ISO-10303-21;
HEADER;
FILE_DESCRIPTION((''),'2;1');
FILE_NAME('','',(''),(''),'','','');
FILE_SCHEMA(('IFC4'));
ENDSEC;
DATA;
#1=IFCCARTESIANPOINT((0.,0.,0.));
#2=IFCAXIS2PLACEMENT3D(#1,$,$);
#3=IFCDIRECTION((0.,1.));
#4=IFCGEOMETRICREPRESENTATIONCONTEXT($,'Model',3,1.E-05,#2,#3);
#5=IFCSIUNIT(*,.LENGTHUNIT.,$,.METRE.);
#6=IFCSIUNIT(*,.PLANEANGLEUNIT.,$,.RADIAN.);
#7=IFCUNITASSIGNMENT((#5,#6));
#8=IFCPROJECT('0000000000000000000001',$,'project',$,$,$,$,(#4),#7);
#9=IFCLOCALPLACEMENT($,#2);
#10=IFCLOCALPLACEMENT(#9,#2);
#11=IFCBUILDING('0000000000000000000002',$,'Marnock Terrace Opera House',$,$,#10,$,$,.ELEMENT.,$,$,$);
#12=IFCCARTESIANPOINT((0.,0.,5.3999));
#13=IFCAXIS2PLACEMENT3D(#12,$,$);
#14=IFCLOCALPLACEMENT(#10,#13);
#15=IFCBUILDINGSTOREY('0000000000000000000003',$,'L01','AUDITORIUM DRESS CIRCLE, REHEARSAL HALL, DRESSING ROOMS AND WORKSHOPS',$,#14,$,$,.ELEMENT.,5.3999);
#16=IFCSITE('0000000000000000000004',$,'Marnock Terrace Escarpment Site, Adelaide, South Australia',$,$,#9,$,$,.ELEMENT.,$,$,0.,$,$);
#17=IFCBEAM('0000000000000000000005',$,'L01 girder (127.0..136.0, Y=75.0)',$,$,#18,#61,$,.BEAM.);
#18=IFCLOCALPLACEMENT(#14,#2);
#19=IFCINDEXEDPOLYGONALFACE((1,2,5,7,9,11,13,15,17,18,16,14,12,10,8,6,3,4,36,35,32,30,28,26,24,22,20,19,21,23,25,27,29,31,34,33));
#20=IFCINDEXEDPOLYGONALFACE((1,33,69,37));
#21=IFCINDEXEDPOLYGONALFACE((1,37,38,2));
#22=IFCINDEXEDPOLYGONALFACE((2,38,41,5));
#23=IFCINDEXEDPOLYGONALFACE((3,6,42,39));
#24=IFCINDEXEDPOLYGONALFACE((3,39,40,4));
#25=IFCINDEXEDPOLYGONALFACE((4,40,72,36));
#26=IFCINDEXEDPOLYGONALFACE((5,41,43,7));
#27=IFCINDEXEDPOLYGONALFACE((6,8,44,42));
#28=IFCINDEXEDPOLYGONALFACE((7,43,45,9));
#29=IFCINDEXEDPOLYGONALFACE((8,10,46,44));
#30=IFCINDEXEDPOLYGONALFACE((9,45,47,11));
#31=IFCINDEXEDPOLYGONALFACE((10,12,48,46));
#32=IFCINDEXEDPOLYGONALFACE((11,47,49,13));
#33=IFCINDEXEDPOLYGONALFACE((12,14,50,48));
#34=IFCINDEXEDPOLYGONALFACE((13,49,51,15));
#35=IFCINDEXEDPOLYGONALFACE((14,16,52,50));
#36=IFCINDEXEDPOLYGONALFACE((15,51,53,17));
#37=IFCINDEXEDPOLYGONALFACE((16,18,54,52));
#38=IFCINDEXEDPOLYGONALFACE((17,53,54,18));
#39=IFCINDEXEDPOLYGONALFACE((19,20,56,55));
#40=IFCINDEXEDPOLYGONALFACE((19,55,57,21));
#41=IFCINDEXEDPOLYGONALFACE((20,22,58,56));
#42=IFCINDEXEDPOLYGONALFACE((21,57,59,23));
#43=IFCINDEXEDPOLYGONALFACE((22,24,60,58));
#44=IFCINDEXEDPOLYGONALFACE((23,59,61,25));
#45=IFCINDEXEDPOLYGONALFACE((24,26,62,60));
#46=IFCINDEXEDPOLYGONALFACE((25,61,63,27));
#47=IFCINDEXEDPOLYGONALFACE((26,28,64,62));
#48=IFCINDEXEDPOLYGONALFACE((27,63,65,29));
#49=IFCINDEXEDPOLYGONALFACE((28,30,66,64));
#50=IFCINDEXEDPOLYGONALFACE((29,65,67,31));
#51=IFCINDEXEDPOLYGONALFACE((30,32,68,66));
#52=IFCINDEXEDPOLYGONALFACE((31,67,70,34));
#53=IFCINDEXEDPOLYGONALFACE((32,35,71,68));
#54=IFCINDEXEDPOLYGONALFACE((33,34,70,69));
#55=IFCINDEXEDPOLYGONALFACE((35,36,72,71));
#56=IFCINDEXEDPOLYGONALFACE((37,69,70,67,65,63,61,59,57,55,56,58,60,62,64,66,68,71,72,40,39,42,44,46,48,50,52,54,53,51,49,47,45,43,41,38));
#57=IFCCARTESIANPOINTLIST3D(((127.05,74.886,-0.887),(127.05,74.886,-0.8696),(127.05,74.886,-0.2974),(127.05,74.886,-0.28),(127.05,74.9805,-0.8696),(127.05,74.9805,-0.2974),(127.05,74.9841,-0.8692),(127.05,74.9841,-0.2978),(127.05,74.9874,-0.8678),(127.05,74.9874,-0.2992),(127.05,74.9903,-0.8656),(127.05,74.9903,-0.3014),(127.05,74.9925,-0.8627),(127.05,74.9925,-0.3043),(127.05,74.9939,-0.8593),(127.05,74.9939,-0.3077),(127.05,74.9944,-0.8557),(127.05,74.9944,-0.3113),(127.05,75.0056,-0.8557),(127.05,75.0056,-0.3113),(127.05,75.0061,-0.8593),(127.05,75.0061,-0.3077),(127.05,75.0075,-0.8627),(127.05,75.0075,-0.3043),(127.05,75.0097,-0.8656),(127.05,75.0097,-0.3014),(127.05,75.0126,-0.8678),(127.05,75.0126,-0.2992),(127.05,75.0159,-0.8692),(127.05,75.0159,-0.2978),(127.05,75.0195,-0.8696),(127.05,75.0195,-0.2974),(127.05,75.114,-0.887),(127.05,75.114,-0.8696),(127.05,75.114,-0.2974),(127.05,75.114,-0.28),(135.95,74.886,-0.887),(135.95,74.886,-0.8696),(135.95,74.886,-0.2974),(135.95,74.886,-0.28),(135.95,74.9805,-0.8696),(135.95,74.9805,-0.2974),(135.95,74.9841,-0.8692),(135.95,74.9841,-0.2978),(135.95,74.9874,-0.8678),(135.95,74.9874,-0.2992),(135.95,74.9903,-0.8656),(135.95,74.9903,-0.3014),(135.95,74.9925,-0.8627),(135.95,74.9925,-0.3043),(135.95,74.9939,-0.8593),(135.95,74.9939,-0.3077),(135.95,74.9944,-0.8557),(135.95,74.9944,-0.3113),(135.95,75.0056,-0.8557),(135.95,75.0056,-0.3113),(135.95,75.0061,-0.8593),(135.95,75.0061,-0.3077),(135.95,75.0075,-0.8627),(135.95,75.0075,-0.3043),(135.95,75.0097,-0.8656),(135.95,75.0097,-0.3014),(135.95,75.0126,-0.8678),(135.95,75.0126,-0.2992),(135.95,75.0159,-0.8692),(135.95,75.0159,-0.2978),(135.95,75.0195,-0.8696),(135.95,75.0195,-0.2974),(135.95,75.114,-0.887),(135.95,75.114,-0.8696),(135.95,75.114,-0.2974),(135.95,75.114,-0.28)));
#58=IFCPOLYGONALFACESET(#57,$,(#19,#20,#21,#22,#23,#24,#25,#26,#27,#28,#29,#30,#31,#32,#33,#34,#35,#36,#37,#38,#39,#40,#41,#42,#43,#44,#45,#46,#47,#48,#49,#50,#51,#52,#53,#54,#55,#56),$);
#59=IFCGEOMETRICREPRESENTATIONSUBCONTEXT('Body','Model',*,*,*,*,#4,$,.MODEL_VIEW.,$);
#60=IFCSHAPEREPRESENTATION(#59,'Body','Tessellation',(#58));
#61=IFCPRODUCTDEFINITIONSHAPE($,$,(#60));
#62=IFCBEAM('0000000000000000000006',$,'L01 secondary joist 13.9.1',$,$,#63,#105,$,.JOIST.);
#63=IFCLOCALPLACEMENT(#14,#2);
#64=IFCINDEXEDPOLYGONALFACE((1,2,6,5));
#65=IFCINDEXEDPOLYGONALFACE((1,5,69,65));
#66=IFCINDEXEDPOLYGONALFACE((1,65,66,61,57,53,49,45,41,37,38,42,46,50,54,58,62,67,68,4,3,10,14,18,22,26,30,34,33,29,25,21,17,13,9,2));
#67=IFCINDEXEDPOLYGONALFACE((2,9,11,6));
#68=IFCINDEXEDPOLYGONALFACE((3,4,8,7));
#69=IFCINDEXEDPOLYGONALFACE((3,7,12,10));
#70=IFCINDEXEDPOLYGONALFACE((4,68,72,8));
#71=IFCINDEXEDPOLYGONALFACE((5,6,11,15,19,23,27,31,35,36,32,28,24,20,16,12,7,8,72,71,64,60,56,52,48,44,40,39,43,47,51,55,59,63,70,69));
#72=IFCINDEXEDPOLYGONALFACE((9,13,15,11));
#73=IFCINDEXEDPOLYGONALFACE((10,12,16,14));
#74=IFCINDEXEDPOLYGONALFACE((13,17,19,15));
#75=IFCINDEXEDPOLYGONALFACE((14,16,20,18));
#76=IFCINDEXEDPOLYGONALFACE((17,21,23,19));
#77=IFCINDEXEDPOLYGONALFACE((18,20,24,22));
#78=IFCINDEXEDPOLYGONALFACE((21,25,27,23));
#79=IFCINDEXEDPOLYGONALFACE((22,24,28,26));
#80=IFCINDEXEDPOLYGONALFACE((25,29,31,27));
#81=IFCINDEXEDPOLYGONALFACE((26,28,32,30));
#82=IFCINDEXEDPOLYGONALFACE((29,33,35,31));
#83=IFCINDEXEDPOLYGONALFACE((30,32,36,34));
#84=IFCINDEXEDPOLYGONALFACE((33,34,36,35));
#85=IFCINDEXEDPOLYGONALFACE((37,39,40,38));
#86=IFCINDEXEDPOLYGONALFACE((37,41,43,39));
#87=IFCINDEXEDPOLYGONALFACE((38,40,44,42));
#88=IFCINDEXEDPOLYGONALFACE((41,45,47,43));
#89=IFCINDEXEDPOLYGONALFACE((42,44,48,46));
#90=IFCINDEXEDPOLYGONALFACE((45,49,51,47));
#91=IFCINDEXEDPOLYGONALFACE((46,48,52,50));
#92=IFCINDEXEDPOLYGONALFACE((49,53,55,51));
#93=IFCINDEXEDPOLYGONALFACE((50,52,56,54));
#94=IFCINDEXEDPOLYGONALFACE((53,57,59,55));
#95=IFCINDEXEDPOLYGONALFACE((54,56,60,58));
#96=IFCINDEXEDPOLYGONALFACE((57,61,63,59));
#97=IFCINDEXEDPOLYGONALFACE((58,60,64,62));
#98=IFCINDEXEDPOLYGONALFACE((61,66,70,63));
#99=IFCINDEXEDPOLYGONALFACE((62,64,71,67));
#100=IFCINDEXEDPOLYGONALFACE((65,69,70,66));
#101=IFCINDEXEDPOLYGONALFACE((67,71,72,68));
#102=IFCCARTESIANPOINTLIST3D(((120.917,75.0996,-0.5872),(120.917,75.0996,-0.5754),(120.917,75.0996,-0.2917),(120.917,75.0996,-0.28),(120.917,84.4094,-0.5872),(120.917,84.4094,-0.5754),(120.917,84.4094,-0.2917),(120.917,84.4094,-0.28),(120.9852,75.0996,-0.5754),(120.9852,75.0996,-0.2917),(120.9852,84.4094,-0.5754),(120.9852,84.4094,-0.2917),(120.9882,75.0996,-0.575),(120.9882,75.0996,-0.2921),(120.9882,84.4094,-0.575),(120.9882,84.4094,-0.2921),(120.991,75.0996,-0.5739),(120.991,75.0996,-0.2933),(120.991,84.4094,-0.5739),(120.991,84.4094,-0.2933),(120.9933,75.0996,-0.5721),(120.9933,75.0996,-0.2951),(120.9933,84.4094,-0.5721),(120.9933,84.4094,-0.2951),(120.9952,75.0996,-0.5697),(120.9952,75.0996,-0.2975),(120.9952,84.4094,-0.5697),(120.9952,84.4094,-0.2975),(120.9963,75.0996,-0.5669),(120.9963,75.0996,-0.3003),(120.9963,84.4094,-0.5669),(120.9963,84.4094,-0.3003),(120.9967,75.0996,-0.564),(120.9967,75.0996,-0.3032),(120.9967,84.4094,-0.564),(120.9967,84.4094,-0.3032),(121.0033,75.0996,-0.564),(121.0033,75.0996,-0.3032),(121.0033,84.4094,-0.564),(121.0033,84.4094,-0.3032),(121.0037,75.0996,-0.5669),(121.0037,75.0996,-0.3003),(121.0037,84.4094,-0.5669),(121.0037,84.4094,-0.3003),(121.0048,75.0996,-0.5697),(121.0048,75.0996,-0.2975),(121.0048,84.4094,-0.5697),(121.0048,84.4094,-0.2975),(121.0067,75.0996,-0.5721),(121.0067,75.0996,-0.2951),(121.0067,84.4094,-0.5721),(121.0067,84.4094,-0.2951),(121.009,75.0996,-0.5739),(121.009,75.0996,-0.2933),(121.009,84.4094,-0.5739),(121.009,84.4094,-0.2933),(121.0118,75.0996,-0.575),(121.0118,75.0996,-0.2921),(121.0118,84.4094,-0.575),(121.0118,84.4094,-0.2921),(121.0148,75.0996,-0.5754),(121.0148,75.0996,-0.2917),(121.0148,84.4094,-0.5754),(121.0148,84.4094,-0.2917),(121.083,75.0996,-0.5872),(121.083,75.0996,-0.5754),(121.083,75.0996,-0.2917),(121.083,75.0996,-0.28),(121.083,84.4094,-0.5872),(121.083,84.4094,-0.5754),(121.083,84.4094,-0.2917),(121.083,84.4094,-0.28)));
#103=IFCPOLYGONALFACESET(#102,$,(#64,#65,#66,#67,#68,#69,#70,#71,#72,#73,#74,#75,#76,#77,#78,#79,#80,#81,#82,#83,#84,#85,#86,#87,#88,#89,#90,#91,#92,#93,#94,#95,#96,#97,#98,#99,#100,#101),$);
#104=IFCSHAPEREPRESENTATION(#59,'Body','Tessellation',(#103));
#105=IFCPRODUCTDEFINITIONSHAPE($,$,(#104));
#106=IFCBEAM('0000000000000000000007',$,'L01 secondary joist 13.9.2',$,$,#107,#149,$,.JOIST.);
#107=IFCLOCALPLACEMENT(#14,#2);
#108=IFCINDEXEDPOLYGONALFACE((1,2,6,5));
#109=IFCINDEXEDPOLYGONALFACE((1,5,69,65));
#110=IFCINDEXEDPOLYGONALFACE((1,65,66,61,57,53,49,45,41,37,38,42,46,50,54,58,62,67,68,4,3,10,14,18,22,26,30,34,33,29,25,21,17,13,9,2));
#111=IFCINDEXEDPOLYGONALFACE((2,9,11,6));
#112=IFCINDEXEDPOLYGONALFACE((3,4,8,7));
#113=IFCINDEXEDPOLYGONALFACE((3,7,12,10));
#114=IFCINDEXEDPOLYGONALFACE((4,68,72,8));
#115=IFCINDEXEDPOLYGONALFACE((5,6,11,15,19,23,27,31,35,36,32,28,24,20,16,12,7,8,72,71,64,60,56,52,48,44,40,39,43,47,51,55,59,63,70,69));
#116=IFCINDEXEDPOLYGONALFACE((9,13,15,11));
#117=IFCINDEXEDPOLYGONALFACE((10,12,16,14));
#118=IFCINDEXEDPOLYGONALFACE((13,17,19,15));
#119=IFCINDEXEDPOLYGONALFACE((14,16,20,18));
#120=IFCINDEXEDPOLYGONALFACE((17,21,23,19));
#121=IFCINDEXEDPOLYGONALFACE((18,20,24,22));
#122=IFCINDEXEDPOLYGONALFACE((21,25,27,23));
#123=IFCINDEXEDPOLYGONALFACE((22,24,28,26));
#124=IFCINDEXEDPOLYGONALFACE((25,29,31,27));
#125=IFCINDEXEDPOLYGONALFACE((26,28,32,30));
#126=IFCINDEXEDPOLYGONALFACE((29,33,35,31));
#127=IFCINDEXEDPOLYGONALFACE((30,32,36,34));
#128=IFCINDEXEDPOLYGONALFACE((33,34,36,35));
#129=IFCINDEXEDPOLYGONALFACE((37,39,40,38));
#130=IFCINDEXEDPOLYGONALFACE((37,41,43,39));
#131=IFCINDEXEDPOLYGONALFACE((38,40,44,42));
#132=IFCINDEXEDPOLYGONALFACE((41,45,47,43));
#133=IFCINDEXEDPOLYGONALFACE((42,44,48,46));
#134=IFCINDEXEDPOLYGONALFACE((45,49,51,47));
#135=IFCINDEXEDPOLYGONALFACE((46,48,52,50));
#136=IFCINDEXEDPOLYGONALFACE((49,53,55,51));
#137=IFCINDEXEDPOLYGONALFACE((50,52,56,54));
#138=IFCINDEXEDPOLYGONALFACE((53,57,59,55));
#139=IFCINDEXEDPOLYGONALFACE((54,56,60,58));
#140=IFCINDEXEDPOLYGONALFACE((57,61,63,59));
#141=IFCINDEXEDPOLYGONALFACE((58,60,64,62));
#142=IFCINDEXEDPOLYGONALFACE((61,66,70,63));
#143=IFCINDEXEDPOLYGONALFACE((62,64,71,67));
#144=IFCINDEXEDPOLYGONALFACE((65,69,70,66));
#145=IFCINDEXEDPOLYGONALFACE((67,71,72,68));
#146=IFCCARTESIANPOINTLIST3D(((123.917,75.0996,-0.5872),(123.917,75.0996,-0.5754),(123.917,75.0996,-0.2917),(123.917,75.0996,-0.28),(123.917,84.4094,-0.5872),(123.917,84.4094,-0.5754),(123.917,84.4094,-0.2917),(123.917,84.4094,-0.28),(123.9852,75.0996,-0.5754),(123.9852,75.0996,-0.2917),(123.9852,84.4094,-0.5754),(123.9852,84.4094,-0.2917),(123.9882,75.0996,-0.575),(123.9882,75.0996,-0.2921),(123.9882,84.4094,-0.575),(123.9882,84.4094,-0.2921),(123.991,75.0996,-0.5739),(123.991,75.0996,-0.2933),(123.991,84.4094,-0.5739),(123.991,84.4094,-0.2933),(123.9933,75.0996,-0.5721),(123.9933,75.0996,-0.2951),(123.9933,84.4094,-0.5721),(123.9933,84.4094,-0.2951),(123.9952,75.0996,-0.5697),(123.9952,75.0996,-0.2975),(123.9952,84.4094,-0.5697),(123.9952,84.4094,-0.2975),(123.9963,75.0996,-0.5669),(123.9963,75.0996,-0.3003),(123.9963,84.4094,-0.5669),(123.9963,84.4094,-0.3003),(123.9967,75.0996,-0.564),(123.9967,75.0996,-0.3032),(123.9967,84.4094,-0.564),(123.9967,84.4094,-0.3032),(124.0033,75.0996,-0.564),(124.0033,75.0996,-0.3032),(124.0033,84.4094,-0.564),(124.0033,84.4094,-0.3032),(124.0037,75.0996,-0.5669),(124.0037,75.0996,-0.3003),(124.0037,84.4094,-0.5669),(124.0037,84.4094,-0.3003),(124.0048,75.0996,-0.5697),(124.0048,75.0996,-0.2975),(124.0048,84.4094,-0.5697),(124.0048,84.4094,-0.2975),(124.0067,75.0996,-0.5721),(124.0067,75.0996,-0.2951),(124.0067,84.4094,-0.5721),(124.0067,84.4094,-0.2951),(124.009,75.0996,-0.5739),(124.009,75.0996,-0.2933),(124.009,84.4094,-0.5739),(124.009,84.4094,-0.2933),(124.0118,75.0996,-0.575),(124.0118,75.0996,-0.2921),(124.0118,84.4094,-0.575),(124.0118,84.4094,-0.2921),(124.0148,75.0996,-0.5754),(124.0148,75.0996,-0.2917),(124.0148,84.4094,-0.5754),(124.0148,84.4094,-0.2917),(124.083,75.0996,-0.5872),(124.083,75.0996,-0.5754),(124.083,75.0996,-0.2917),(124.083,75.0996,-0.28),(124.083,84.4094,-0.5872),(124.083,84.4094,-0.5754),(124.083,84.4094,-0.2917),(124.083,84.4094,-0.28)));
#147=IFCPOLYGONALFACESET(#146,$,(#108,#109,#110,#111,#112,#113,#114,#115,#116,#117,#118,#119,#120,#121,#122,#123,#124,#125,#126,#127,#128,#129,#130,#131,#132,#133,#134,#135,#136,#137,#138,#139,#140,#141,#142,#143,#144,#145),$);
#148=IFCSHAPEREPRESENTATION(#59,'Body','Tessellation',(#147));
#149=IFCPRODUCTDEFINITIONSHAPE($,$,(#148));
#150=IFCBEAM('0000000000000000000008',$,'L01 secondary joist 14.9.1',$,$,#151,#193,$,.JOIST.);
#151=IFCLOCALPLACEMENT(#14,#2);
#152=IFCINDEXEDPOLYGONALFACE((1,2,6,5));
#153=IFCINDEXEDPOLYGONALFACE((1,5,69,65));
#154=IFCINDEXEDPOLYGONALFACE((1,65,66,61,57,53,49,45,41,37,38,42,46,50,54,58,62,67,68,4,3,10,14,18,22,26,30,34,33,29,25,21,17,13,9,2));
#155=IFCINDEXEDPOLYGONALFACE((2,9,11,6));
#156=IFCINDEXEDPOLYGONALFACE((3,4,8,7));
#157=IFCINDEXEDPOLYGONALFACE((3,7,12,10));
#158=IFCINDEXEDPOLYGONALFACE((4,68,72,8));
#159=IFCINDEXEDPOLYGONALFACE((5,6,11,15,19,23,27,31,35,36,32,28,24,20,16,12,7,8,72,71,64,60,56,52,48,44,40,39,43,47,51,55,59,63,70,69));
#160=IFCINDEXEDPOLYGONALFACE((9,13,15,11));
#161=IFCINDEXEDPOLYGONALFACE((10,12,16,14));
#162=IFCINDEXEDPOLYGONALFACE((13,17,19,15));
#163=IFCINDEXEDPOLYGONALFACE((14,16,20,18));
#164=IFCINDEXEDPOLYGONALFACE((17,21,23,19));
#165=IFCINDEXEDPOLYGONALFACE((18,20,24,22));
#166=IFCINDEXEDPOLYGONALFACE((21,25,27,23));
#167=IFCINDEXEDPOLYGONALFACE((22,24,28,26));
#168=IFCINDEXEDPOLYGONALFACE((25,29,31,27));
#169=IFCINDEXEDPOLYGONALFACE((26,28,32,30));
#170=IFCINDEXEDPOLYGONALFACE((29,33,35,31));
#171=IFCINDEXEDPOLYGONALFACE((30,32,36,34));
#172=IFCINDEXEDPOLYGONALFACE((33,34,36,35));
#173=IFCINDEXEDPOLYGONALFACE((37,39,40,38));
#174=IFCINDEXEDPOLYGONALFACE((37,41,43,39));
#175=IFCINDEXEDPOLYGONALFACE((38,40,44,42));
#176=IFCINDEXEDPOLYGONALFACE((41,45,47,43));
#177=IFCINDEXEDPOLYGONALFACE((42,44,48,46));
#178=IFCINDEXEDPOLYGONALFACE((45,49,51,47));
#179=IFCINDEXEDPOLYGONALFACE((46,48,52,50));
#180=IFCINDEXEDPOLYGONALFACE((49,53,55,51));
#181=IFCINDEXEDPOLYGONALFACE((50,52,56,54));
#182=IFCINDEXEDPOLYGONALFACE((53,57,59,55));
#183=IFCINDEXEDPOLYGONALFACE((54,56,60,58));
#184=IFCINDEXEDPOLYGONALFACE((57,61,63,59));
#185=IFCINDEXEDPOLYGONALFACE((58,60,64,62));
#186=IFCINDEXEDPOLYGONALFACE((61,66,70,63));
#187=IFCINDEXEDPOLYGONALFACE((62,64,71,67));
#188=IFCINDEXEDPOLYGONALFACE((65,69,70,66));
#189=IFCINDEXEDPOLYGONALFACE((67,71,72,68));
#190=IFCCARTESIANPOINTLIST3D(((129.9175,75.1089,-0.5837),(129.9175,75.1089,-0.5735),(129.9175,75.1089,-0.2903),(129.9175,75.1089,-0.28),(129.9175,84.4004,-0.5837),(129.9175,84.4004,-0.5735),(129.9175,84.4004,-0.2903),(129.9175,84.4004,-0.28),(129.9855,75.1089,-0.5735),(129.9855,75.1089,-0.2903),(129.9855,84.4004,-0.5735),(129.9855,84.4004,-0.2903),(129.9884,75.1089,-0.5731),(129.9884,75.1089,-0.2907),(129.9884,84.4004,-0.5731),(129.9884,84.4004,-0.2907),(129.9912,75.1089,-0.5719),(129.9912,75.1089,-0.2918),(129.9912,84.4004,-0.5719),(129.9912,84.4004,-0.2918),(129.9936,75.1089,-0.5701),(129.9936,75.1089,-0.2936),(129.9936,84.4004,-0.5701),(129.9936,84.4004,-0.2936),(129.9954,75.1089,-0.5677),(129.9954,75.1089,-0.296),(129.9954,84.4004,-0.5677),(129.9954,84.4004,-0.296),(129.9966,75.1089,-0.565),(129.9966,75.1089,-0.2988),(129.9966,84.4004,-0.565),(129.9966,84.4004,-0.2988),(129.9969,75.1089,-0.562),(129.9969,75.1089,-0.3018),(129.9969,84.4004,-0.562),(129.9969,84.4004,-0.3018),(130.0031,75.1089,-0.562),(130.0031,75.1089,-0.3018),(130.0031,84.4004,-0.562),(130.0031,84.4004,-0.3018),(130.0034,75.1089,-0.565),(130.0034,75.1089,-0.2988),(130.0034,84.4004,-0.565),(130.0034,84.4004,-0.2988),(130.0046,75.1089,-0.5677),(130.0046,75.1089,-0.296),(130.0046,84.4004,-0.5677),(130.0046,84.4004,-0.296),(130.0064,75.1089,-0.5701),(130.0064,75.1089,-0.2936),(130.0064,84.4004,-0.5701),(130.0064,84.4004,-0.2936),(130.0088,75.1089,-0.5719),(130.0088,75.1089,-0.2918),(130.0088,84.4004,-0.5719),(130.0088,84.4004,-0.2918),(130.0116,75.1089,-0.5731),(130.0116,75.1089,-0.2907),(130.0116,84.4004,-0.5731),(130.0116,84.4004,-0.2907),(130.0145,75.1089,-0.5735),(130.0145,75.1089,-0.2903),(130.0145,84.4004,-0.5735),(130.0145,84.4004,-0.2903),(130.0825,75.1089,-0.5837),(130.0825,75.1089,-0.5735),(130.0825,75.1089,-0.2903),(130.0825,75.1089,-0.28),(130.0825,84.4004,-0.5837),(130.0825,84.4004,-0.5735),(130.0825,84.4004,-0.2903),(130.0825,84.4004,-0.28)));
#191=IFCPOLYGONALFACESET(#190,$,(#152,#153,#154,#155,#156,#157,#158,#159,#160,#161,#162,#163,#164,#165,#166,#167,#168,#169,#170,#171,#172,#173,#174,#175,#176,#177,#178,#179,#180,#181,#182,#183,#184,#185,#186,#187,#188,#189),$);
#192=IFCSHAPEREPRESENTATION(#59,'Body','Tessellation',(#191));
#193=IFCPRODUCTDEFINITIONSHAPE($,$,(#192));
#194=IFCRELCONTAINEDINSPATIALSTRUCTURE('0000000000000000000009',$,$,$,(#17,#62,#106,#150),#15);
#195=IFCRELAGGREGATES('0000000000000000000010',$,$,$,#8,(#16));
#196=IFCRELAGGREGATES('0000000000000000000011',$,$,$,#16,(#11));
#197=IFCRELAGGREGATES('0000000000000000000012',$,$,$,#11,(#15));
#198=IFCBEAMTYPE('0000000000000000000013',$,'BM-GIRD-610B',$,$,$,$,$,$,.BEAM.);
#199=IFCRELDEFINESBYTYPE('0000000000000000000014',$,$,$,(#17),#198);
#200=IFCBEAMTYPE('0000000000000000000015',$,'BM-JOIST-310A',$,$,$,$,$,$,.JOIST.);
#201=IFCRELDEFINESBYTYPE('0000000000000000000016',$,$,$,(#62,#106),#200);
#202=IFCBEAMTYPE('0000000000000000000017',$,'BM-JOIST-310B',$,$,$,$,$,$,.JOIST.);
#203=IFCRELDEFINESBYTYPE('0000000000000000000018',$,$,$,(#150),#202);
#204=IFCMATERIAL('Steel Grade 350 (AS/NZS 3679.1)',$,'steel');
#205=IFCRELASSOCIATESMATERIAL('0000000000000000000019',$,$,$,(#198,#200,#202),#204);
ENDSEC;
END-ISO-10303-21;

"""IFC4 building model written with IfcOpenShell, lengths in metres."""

from ifc_helpers import new_model, si_unit, direction, frame, origin, origin_2d, place, context, subcontext, project, spatial, i_section, extrude, material, material_profile, profile_set, type_object, element, save


model = new_model("IFC4")

# Units and contexts
model_context = context("Model", 3, precision=1e-05, world=origin(), true_north=direction((0.0, 1.0)))
body_context = subcontext(model_context, "Body", "Model", "MODEL_VIEW")
ifc_project = project(units=[si_unit("LENGTHUNIT", "METRE"), si_unit("PLANEANGLEUNIT", "RADIAN")], contexts=[model_context])

# Site, building, storey
site_placement = place(None, origin())
site = spatial("IfcSite", under=ifc_project, at=site_placement, Name="Marnock Terrace Escarpment Site, Adelaide, South Australia", CompositionType="ELEMENT", RefElevation=0.0)
building_placement = place(site_placement, origin())
building = spatial("IfcBuilding", under=site, at=building_placement, Name="Marnock Terrace Opera House", CompositionType="ELEMENT")
storey_placement = place(building_placement, frame((0.0, 0.0, 5.3999)))
storey = spatial("IfcBuildingStorey", under=building, at=storey_placement, Name="L01", Description="AUDITORIUM DRESS CIRCLE, REHEARSAL HALL, DRESSING ROOMS AND WORKSHOPS", CompositionType="ELEMENT", Elevation=5.3999)

# Beams
ifc_material_1 = material(Name="Steel Grade 350 (AS/NZS 3679.1)", Category="steel")
ifc_material_profile_1 = material_profile(ifc_material_1, i_section(OverallWidth=0.228, OverallDepth=0.6069, WebThickness=0.0112, FlangeThickness=0.0173, FilletRadius=0.0139, at=origin_2d()))
ifc_profile_set_1 = profile_set([ifc_material_profile_1], Name="Steel Grade 350 (AS/NZS 3679.1)")
beam_type_1 = type_object("IfcBeamType", Name="BM-GIRD-610B", PredefinedType="BEAM", material=ifc_profile_set_1)
beam_1_placement = place(storey_placement, frame((127.05, 75.0, -0.5835), z_axis=(1.0, 0.0, 0.0), x_axis=(0.0, 1.0, 0.0)))
element("IfcBeam", 1, at=beam_1_placement, inside=storey, type_object=beam_type_1, Name="L01 girder (127.0..136.0, Y=75.0)", PredefinedType="BEAM", context=body_context, shape_type="SweptSolid", body=[
    extrude(i_section(OverallWidth=0.228, OverallDepth=0.6069, WebThickness=0.0112, FlangeThickness=0.0173, FilletRadius=0.0139, at=origin_2d()), origin(), (0.0, 0.0, 1.0), 8.8999),
])
ifc_material_profile_2 = material_profile(ifc_material_1, i_section(OverallWidth=0.166, OverallDepth=0.3071, WebThickness=0.0066, FlangeThickness=0.0117, FilletRadius=0.0115, at=origin_2d()))
ifc_profile_set_2 = profile_set([ifc_material_profile_2], Name="Steel Grade 350 (AS/NZS 3679.1)")
beam_type_2 = type_object("IfcBeamType", Name="BM-JOIST-310A", PredefinedType="JOIST", material=ifc_profile_set_2)
for number, where, z_axis, x_axis, name in (
    (2, (121.0, 75.0996, -0.4336), (0.0, 1.0, 0.0), (-1.0, 0.0, 0.0), "L01 secondary joist 13.9.1"),
    (3, (124.0, 75.0996, -0.4336), (0.0, 1.0, 0.0), (-1.0, 0.0, 0.0), "L01 secondary joist 13.9.2"),
):
    element("IfcBeam", number, at=place(storey_placement, frame(where, z_axis=z_axis, x_axis=x_axis)), inside=storey, type_object=beam_type_2, Name=name, PredefinedType="JOIST", context=body_context, shape_type="SweptSolid", body=[
        extrude(i_section(OverallWidth=0.166, OverallDepth=0.3071, WebThickness=0.0066, FlangeThickness=0.0117, FilletRadius=0.0115, at=origin_2d()), origin(), (0.0, 0.0, 1.0), 9.3098),
    ])
ifc_material_profile_3 = material_profile(ifc_material_1, i_section(OverallWidth=0.165, OverallDepth=0.3037, WebThickness=0.0061, FlangeThickness=0.0103, FilletRadius=0.0115, at=origin_2d()))
ifc_profile_set_3 = profile_set([ifc_material_profile_3], Name="Steel Grade 350 (AS/NZS 3679.1)")
beam_type_3 = type_object("IfcBeamType", Name="BM-JOIST-310B", PredefinedType="JOIST", material=ifc_profile_set_3)
for number, where, z_axis, x_axis, name in (
    (4, (130.0, 75.1089, -0.4319), (0.0, 1.0, 0.0), (-1.0, 0.0, 0.0), "L01 secondary joist 14.9.1"),
):
    element("IfcBeam", number, at=place(storey_placement, frame(where, z_axis=z_axis, x_axis=x_axis)), inside=storey, type_object=beam_type_3, Name=name, PredefinedType="JOIST", context=body_context, shape_type="SweptSolid", body=[
        extrude(i_section(OverallWidth=0.165, OverallDepth=0.3037, WebThickness=0.0061, FlangeThickness=0.0103, FilletRadius=0.0115, at=origin_2d()), origin(), (0.0, 0.0, 1.0), 9.2915),
    ])

save(model, "model.ifc")
